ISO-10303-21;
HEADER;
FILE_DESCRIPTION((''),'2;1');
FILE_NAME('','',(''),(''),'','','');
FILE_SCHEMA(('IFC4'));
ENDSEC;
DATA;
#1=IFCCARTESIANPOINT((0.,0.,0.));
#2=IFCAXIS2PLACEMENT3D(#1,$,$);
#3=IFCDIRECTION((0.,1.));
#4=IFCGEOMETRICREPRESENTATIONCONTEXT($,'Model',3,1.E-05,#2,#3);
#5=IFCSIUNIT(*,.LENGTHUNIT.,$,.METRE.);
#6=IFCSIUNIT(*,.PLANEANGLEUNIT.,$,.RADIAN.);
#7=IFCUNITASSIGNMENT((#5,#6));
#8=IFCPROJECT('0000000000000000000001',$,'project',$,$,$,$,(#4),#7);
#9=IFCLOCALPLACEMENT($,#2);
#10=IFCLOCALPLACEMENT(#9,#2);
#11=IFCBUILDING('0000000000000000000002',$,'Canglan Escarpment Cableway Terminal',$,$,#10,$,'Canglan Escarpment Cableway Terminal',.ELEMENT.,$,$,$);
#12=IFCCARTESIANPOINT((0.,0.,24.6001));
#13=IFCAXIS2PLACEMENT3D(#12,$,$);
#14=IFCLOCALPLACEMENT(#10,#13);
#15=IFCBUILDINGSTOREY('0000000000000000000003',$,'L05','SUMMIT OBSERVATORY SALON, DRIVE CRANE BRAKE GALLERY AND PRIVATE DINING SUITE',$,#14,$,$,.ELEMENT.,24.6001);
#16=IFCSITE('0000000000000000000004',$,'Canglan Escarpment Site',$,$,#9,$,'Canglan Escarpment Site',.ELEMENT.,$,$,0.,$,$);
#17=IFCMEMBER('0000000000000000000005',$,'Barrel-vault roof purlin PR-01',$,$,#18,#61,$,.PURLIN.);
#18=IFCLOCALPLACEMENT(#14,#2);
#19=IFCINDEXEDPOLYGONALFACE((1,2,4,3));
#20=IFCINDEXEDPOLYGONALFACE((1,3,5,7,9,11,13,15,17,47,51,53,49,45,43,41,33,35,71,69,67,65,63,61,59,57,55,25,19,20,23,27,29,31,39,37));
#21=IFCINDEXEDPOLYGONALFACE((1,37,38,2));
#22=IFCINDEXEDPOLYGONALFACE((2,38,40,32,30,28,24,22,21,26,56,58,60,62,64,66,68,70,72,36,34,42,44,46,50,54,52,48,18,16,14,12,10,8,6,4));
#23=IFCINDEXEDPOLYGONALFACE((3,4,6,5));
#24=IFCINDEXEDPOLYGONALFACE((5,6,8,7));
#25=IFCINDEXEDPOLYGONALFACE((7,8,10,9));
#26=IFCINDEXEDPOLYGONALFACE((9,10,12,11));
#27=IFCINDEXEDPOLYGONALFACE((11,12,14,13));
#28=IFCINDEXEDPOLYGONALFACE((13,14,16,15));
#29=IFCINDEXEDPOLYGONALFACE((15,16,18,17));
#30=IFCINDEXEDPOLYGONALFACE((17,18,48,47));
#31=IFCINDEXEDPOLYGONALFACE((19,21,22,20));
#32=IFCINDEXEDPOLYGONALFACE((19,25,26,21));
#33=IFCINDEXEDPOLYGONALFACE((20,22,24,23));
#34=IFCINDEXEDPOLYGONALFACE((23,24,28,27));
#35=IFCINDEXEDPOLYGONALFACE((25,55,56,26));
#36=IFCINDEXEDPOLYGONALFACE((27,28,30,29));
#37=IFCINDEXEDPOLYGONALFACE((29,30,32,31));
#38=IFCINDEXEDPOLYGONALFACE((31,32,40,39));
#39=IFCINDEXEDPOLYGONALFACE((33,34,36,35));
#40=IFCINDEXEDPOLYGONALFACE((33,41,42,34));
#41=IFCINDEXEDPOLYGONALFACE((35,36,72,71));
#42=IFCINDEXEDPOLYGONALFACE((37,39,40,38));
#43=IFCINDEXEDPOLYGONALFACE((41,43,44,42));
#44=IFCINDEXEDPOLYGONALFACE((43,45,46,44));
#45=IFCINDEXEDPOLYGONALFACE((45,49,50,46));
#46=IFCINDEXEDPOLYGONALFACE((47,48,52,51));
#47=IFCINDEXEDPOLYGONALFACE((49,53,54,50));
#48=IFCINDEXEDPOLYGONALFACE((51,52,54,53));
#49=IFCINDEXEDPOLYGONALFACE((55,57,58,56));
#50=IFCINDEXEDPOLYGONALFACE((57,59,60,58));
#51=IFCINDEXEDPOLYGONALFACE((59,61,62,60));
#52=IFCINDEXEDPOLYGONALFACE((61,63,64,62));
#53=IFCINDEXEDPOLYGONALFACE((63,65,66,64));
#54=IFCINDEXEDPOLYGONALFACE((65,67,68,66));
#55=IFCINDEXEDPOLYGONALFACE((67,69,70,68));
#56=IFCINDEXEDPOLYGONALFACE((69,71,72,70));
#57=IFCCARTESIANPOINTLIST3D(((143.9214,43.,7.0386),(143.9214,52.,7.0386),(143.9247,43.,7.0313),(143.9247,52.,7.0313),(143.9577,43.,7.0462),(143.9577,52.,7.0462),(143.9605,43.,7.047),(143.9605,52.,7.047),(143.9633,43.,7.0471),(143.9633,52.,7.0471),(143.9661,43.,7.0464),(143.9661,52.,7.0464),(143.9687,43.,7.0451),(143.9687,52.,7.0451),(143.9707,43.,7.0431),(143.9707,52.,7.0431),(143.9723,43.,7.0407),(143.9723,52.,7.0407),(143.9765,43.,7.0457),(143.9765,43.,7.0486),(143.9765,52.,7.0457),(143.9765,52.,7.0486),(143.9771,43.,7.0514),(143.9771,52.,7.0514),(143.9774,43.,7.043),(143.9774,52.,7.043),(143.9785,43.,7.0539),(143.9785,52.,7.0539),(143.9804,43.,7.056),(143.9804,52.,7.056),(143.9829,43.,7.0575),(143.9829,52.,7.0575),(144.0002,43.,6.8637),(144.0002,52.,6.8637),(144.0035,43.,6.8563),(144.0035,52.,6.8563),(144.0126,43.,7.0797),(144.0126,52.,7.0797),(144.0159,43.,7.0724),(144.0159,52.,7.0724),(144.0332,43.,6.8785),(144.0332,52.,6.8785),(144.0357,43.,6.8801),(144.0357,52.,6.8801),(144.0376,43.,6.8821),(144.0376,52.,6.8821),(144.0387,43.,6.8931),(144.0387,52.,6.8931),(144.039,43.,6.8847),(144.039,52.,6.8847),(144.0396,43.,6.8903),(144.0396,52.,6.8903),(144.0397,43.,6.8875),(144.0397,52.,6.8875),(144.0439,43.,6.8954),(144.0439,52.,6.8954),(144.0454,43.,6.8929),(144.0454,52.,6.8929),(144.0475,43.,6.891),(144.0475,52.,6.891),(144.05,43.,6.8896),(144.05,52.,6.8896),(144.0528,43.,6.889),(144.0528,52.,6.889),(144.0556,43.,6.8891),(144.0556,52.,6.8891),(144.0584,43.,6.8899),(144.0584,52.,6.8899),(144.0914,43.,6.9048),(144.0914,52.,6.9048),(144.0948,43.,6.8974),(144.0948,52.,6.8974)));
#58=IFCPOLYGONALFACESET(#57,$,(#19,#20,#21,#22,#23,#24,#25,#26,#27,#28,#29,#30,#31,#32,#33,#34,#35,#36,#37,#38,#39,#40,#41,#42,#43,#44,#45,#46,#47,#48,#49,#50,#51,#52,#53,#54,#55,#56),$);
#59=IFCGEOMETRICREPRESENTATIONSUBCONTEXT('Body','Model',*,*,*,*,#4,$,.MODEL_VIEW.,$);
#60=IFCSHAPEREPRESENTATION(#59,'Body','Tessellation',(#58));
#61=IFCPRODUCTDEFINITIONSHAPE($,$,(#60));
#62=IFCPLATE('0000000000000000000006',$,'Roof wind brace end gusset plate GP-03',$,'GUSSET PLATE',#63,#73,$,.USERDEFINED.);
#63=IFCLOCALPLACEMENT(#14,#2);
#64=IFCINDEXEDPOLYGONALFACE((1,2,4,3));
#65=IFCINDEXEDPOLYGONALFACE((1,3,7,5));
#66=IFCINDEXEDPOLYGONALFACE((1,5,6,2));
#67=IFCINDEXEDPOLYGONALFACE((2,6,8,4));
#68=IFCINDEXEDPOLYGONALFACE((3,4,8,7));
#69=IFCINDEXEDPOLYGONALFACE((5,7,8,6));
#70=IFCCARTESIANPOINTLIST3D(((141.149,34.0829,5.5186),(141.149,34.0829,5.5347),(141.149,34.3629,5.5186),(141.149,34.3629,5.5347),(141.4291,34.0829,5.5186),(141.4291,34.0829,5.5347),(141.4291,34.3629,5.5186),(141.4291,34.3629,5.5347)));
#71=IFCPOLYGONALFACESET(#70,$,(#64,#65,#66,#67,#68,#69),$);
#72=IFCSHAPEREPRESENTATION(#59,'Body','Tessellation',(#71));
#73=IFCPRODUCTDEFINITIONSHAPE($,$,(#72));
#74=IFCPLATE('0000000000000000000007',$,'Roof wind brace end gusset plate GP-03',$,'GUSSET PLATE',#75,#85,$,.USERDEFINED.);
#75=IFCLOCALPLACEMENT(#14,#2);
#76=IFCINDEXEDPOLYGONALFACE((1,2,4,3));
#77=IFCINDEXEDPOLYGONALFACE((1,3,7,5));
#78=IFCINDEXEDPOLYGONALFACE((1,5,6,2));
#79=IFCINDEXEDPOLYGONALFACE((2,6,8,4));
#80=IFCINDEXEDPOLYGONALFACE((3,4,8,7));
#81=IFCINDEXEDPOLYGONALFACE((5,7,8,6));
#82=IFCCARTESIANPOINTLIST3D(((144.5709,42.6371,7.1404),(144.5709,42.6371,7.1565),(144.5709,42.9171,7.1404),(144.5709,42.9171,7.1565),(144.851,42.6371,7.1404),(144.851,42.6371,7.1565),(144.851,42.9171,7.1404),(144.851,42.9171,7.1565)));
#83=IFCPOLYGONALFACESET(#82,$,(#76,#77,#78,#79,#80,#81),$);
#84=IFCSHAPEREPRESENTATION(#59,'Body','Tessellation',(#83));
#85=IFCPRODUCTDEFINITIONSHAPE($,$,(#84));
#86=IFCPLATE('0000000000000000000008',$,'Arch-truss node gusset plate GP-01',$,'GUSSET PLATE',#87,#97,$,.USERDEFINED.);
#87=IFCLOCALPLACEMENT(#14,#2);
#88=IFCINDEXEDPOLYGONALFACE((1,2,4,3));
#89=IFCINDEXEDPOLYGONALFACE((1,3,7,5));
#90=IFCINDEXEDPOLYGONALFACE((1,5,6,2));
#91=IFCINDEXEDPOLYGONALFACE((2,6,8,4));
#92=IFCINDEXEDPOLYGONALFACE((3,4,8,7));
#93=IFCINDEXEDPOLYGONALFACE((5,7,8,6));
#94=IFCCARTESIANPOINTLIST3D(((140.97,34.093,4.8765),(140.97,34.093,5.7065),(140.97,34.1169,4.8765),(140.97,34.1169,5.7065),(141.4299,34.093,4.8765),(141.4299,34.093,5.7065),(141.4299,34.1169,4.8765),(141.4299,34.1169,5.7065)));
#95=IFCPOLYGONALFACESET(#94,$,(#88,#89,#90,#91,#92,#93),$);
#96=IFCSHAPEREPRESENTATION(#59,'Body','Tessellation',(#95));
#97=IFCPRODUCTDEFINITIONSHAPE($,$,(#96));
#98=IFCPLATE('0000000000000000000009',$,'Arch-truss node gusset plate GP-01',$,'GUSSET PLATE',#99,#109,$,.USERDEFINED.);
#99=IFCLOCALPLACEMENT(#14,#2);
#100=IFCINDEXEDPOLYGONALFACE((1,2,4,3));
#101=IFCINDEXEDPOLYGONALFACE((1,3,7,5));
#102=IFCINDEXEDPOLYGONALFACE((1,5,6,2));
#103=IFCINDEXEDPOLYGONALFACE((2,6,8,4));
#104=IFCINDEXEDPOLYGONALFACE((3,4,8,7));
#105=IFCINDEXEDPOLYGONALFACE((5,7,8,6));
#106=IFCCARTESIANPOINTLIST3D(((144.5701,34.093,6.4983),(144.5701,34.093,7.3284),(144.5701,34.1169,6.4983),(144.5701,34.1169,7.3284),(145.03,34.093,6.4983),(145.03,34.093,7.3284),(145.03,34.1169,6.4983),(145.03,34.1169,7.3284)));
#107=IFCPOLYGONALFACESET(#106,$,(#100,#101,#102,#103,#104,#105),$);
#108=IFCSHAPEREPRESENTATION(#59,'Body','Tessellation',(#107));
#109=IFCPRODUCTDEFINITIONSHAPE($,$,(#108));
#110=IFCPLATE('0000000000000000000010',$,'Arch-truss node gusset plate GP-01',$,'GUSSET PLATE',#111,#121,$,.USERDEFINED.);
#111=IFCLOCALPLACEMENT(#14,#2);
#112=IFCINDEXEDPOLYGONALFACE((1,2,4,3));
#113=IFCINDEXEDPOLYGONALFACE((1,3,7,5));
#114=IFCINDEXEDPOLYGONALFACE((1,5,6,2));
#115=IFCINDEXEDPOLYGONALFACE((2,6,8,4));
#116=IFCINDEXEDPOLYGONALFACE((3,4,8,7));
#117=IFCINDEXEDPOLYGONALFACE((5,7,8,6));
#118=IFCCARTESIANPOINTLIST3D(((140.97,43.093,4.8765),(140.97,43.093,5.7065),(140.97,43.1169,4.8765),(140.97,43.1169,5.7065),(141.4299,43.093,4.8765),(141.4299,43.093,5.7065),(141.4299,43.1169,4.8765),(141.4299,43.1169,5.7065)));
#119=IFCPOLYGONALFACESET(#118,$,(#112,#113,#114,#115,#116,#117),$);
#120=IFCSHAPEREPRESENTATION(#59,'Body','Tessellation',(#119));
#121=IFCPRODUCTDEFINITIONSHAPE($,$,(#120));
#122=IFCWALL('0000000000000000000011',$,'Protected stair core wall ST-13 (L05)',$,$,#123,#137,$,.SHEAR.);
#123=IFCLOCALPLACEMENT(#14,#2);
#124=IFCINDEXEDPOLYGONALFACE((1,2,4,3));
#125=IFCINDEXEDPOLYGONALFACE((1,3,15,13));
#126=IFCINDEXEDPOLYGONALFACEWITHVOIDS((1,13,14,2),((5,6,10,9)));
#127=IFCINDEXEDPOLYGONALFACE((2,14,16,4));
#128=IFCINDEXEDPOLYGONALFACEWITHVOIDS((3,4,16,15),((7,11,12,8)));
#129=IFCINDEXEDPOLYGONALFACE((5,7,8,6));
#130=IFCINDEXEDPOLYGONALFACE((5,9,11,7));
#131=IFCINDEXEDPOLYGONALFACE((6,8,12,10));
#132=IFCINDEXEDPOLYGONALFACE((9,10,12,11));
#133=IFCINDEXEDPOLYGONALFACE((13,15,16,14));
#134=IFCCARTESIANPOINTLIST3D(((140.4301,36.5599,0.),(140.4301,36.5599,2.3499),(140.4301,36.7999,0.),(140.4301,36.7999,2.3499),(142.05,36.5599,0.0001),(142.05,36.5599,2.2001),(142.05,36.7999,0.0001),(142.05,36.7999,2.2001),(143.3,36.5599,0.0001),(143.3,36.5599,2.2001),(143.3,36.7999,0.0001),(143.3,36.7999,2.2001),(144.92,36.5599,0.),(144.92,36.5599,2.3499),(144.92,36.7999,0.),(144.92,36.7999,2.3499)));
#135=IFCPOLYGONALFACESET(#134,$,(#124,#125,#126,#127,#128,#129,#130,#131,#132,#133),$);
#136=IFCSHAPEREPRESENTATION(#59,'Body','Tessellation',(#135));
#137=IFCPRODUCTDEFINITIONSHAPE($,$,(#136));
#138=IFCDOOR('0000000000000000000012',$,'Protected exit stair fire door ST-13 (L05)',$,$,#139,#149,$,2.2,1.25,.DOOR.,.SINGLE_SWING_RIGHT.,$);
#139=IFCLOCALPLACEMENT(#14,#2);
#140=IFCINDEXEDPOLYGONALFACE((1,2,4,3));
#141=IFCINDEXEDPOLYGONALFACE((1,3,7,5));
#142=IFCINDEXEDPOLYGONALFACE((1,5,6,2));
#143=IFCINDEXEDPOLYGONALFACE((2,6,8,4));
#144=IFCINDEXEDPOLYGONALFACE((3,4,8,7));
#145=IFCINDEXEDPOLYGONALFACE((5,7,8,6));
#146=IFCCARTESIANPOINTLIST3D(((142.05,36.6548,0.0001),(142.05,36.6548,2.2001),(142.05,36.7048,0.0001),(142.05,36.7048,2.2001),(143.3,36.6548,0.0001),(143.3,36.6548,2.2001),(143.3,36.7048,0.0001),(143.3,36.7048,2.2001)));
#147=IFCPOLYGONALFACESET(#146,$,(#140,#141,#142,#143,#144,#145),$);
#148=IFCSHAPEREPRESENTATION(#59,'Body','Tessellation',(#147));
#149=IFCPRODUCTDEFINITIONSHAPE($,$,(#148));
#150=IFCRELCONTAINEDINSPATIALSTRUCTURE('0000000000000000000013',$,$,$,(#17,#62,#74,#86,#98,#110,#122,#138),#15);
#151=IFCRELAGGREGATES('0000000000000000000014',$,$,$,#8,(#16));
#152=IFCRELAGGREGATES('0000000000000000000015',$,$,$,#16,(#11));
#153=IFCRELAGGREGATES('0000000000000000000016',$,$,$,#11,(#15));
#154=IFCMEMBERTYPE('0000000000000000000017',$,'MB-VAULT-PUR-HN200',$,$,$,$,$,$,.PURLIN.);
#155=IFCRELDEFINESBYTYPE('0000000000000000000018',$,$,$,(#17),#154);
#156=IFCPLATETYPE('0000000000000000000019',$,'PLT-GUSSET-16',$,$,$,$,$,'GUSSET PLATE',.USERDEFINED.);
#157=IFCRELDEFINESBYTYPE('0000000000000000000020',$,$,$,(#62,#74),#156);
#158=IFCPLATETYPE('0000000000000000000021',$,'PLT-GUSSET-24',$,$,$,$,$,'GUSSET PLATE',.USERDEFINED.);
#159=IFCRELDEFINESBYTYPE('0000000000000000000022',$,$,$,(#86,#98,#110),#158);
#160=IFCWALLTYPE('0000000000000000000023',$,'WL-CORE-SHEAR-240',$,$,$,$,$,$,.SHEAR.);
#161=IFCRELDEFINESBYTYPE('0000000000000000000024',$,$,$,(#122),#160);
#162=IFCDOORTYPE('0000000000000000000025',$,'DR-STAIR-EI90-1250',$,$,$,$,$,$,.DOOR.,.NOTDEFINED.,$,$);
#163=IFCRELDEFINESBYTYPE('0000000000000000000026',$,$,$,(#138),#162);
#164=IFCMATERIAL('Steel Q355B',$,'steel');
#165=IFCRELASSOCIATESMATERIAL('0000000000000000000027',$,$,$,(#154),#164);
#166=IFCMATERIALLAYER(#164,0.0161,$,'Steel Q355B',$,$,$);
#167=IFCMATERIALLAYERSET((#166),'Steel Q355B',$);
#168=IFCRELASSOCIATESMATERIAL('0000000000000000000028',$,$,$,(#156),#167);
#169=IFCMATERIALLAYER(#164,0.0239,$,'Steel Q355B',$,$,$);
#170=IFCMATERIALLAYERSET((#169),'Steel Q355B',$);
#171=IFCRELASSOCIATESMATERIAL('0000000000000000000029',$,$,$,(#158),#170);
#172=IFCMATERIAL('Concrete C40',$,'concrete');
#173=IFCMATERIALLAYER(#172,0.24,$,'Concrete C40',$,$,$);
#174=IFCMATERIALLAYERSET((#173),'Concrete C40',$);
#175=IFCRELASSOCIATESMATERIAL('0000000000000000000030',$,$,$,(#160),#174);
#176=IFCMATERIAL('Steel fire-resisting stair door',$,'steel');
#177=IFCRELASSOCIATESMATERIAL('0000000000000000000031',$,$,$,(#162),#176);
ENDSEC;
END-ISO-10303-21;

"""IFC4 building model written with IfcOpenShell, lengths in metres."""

from ifc_helpers import new_model, si_unit, direction, frame, frame_2d, origin, origin_2d, place, context, subcontext, project, spatial, rectangle, i_section, extrude, material, layer, layer_set, material_profile, profile_set, type_object, element, fill, save


model = new_model("IFC4")

# Units and contexts
model_context = context("Model", 3, precision=1e-05, world=origin(), true_north=direction((0.0, 1.0)))
body_context = subcontext(model_context, "Body", "Model", "MODEL_VIEW")
ifc_project = project(units=[si_unit("LENGTHUNIT", "METRE"), si_unit("PLANEANGLEUNIT", "RADIAN")], contexts=[model_context])

# Site, building, storey
site_placement = place(None, origin())
site = spatial("IfcSite", under=ifc_project, at=site_placement, Name="Canglan Escarpment Site", LongName="Canglan Escarpment Site", CompositionType="ELEMENT", RefElevation=0.0)
building_placement = place(site_placement, origin())
building = spatial("IfcBuilding", under=site, at=building_placement, Name="Canglan Escarpment Cableway Terminal", LongName="Canglan Escarpment Cableway Terminal", CompositionType="ELEMENT")
storey_placement = place(building_placement, frame((0.0, 0.0, 24.6001)))
storey = spatial("IfcBuildingStorey", under=building, at=storey_placement, Name="L05", Description="SUMMIT OBSERVATORY SALON, DRIVE CRANE BRAKE GALLERY AND PRIVATE DINING SUITE", CompositionType="ELEMENT", Elevation=24.6001)

# Shared definitions
ifc_material_1 = material(Name="Steel Q355B", Category="steel")

# Member
ifc_material_profile_1 = material_profile(ifc_material_1, i_section(OverallWidth=0.1001, OverallDepth=0.2, WebThickness=0.0056, FlangeThickness=0.0081, FilletRadius=0.011, at=origin_2d()), Name="HN 200x100x5.5x8")
ifc_profile_set_1 = profile_set([ifc_material_profile_1], Name="Steel Q355B")
member_type_1 = type_object("IfcMemberType", Name="MB-VAULT-PUR-HN200", PredefinedType="PURLIN", material=ifc_profile_set_1)
for number, where, z_axis, x_axis, name in (
    (1, (144.0081, 43.0, 6.968), (0.0, 1.0, 0.0), (-0.911741, 0.0, -0.410767), "Barrel-vault roof purlin PR-01"),
):
    element("IfcMember", number, at=place(storey_placement, frame(where, z_axis=z_axis, x_axis=x_axis)), inside=storey, type_object=member_type_1, Name=name, PredefinedType="PURLIN", context=body_context, shape_type="SweptSolid", body=[
        extrude(i_section(OverallWidth=0.1001, OverallDepth=0.2, WebThickness=0.0056, FlangeThickness=0.0081, FilletRadius=0.011, at=origin_2d()), origin(), (0.0, 0.0, 1.0), 9.0),
    ])

# Plates
ifc_layer_1 = layer(ifc_material_1, 0.0161, Name="Steel Q355B")
ifc_layer_set_1 = layer_set([ifc_layer_1], Name="Steel Q355B")
plate_type_1 = type_object("IfcPlateType", Name="PLT-GUSSET-16", ElementType="GUSSET PLATE", PredefinedType="USERDEFINED", material=ifc_layer_set_1)
for number, where, z_axis, x_axis, name in (
    (2, (141.2891, 34.2229, 5.5186), (0.0, 0.0, 1.0), (1.0, 0.0, 0.0), "Roof wind brace end gusset plate GP-03"),
    (3, (144.7109, 42.7771, 7.1404), (0.0, 0.0, 1.0), (1.0, 0.0, 0.0), "Roof wind brace end gusset plate GP-03"),
):
    element("IfcPlate", number, at=place(storey_placement, frame(where, z_axis=z_axis, x_axis=x_axis)), inside=storey, type_object=plate_type_1, Name=name, ObjectType="GUSSET PLATE", PredefinedType="USERDEFINED", context=body_context, shape_type="SweptSolid", body=[
        extrude(rectangle(XDim=0.28, YDim=0.28, at=origin_2d()), origin(), (0.0, 0.0, 1.0), 0.0161),
    ])
ifc_layer_2 = layer(ifc_material_1, 0.0239, Name="Steel Q355B")
ifc_layer_set_2 = layer_set([ifc_layer_2], Name="Steel Q355B")
plate_type_2 = type_object("IfcPlateType", Name="PLT-GUSSET-24", ElementType="GUSSET PLATE", PredefinedType="USERDEFINED", material=ifc_layer_set_2)
for number, where, z_axis, x_axis, name in (
    (4, (141.2, 34.105, 4.8765), (0.0, 0.0, 1.0), (1.0, 0.0, 0.0), "Arch-truss node gusset plate GP-01"),
    (5, (144.8, 34.105, 6.4983), (0.0, 0.0, 1.0), (1.0, 0.0, 0.0), "Arch-truss node gusset plate GP-01"),
    (6, (141.2, 43.105, 4.8765), (0.0, 0.0, 1.0), (1.0, 0.0, 0.0), "Arch-truss node gusset plate GP-01"),
):
    element("IfcPlate", number, at=place(storey_placement, frame(where, z_axis=z_axis, x_axis=x_axis)), inside=storey, type_object=plate_type_2, Name=name, ObjectType="GUSSET PLATE", PredefinedType="USERDEFINED", context=body_context, shape_type="SweptSolid", body=[
        extrude(rectangle(XDim=0.46, YDim=0.0239, at=origin_2d()), origin(), (0.0, 0.0, 1.0), 0.8301),
    ])

# Wall, opening, door
ifc_material_2 = material(Name="Concrete C40", Category="concrete")
ifc_layer_3 = layer(ifc_material_2, 0.24, Name="Concrete C40")
ifc_layer_set_3 = layer_set([ifc_layer_3], Name="Concrete C40")
wall_type_1 = type_object("IfcWallType", Name="WL-CORE-SHEAR-240", PredefinedType="SHEAR", material=ifc_layer_set_3)
wall_1_placement = place(storey_placement, frame((140.4299, 36.6799, 0.0), z_axis=(0.0, 0.0, 1.0), x_axis=(1.0, 0.0, 0.0)))
wall_1 = element("IfcWall", 7, at=wall_1_placement, inside=storey, type_object=wall_type_1, Name="Protected stair core wall ST-13 (L05)", PredefinedType="SHEAR", context=body_context, shape_type="SweptSolid", body=[
    extrude(rectangle(XDim=4.49, YDim=0.24, at=frame_2d((2.2451, 0.0))), origin(), (0.0, 0.0, 1.0), 2.3499),
])
opening_1_placement = place(wall_1_placement, frame((1.6201, 0.0, 0.0)))
opening_1 = element("IfcOpeningElement", 8, at=opening_1_placement, cuts=wall_1, PredefinedType="OPENING", context=body_context, shape_type="SweptSolid", body=[
    extrude(rectangle(XDim=1.25, YDim=2.2, at=frame_2d((0.625, 1.1001))), frame((0.0, 0.1299, 0.0), z_axis=(0.0, -1.0, 0.0), x_axis=(1.0, 0.0, 0.0)), (0.0, 0.0, 1.0), 0.26),
])
ifc_material_3 = material(Name="Steel fire-resisting stair door", Category="steel")
door_type_1 = type_object("IfcDoorType", Name="DR-STAIR-EI90-1250", OperationType="NOTDEFINED", PredefinedType="DOOR", material=ifc_material_3)
door_1_placement = place(opening_1_placement, origin())
door_1 = element("IfcDoor", 9, at=door_1_placement, inside=storey, type_object=door_type_1, Name="Protected exit stair fire door ST-13 (L05)", OperationType="SINGLE_SWING_RIGHT", OverallHeight=2.2, OverallWidth=1.25, PredefinedType="DOOR", context=body_context, shape_type="SweptSolid", body=[
    extrude(rectangle(XDim=1.25, YDim=2.2, at=frame_2d((0.625, 1.1001))), frame((0.0, 0.0249, 0.0), z_axis=(0.0, -1.0, 0.0), x_axis=(1.0, 0.0, 0.0)), (0.0, 0.0, 1.0), 0.05),
])
fill(opening_1, door_1)

save(model, "model.ifc")
